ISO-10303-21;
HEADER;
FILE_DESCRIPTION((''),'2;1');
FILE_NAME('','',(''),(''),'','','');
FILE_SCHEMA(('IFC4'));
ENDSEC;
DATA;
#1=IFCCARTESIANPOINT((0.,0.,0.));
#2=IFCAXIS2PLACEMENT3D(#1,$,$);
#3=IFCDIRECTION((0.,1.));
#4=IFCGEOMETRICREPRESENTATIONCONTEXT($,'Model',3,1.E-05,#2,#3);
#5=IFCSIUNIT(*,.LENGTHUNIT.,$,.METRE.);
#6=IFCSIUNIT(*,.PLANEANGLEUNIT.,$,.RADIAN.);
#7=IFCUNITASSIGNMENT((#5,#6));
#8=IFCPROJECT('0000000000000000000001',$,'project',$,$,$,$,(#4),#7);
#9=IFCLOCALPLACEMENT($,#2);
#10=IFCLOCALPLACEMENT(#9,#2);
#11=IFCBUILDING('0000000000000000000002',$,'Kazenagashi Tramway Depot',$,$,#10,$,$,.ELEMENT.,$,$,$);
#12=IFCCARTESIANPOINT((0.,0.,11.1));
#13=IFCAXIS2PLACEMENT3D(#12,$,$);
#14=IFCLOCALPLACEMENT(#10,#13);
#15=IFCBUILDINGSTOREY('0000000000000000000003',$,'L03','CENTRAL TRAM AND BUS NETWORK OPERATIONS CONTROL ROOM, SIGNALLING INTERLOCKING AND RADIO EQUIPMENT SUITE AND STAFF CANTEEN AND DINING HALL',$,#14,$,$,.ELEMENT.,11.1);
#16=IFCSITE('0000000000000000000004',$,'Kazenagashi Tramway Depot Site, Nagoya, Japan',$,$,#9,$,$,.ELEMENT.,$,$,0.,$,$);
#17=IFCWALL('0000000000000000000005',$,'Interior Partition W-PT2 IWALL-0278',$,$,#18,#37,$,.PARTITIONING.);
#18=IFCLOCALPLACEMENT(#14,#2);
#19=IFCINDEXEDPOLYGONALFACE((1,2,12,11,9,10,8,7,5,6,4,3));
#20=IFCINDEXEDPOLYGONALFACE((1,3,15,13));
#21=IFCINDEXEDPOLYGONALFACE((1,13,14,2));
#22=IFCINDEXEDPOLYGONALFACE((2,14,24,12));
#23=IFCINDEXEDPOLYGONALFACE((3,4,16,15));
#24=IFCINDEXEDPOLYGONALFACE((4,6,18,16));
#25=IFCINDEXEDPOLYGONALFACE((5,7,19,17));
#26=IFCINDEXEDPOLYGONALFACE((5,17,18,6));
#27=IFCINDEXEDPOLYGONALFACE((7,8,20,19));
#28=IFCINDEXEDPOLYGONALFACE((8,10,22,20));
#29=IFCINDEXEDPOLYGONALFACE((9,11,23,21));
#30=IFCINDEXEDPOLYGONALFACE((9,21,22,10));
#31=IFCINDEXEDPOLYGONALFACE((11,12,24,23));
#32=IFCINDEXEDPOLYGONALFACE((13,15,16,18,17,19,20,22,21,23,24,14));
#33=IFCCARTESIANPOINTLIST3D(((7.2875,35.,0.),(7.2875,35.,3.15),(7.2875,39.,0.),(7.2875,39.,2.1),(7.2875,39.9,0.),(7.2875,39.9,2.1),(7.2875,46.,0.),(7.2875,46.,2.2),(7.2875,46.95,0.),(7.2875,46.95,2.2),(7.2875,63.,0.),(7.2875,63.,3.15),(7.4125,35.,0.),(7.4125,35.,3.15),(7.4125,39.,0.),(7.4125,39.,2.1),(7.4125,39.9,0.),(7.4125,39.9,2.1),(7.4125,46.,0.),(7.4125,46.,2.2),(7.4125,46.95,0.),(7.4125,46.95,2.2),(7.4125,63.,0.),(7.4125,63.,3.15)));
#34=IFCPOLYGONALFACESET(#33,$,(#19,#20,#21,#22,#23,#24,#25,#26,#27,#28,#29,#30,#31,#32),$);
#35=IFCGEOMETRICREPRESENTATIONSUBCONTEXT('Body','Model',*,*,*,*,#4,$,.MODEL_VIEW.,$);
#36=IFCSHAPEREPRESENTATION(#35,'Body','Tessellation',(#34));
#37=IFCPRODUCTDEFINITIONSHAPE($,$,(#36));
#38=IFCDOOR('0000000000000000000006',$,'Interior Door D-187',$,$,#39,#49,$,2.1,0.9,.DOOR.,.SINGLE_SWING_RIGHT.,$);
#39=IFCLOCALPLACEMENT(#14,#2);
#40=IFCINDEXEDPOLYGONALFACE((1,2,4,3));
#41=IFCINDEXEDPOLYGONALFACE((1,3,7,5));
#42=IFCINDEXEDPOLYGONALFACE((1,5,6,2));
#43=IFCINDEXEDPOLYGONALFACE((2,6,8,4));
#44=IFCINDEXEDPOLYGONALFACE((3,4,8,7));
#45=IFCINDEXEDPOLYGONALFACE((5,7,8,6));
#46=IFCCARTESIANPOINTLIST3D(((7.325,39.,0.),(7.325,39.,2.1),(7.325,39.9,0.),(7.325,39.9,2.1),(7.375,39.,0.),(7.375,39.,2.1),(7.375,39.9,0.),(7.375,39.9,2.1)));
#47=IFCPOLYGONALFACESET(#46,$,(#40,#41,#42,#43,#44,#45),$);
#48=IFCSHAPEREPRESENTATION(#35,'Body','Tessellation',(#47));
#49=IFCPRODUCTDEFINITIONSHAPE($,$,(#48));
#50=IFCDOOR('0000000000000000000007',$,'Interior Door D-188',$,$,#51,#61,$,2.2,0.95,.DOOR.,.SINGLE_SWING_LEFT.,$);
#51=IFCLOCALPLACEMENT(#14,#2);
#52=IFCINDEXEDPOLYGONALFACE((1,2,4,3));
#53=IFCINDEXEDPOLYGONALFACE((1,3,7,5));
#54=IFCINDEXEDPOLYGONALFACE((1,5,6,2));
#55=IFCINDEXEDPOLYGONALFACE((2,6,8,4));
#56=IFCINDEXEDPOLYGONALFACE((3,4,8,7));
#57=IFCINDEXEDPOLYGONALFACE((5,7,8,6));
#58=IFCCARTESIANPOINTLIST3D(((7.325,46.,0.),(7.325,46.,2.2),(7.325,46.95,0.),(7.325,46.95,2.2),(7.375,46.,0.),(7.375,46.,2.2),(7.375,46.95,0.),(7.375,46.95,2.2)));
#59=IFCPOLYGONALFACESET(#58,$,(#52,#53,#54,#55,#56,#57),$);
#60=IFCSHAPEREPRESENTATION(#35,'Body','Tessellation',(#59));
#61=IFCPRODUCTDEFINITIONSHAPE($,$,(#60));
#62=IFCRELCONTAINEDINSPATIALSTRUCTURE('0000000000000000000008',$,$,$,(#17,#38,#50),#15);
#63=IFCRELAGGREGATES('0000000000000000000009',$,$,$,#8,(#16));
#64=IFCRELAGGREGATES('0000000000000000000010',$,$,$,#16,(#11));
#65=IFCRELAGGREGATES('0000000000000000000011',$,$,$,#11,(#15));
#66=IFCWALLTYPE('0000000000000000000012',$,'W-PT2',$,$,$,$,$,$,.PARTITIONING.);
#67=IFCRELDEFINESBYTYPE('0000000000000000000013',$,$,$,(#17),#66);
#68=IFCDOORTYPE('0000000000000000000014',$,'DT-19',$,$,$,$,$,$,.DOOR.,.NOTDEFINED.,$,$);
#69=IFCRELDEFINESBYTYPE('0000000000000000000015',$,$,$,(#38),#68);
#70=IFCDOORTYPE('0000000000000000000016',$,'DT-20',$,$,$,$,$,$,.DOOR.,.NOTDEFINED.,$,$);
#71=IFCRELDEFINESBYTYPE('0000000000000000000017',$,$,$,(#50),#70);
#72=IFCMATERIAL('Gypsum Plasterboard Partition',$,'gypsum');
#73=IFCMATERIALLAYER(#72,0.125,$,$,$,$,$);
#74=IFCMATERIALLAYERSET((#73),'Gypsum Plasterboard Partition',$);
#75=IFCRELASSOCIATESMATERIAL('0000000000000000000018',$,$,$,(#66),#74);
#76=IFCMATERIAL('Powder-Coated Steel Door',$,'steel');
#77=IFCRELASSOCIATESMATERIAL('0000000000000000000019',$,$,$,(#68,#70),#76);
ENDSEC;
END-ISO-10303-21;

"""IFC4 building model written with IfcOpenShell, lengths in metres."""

from ifc_helpers import new_model, si_unit, direction, frame, frame_2d, origin, place, context, subcontext, project, spatial, rectangle, extrude, material, layer, layer_set, type_object, element, fill, save


model = new_model("IFC4")

# Units and contexts
model_context = context("Model", 3, precision=1e-05, world=origin(), true_north=direction((0.0, 1.0)))
body_context = subcontext(model_context, "Body", "Model", "MODEL_VIEW")
ifc_project = project(units=[si_unit("LENGTHUNIT", "METRE"), si_unit("PLANEANGLEUNIT", "RADIAN")], contexts=[model_context])

# Site, building, storey
site_placement = place(None, origin())
site = spatial("IfcSite", under=ifc_project, at=site_placement, Name="Kazenagashi Tramway Depot Site, Nagoya, Japan", CompositionType="ELEMENT", RefElevation=0.0)
building_placement = place(site_placement, origin())
building = spatial("IfcBuilding", under=site, at=building_placement, Name="Kazenagashi Tramway Depot", CompositionType="ELEMENT")
storey_placement = place(building_placement, frame((0.0, 0.0, 11.1)))
storey = spatial("IfcBuildingStorey", under=building, at=storey_placement, Name="L03", Description="CENTRAL TRAM AND BUS NETWORK OPERATIONS CONTROL ROOM, SIGNALLING INTERLOCKING AND RADIO EQUIPMENT SUITE AND STAFF CANTEEN AND DINING HALL", CompositionType="ELEMENT", Elevation=11.1)

# Shared definitions
ifc_material_1 = material(Name="Gypsum Plasterboard Partition", Category="gypsum")
ifc_layer_1 = layer(ifc_material_1, 0.125)
ifc_layer_set_1 = layer_set([ifc_layer_1], Name="Gypsum Plasterboard Partition")
wall_type_1 = type_object("IfcWallType", Name="W-PT2", PredefinedType="PARTITIONING", material=ifc_layer_set_1)
ifc_material_2 = material(Name="Powder-Coated Steel Door", Category="steel")

# Wall, openings, doors
wall_1_placement = place(storey_placement, frame((7.35, 35.0, 0.0), z_axis=(0.0, 0.0, 1.0), x_axis=(0.0, 1.0, 0.0)))
wall_1 = element("IfcWall", 1, at=wall_1_placement, inside=storey, type_object=wall_type_1, Name="Interior Partition W-PT2 IWALL-0278", PredefinedType="PARTITIONING", context=body_context, shape_type="SweptSolid", body=[
    extrude(rectangle(XDim=28.0, YDim=0.125, at=frame_2d((14.0, 0.0))), origin(), (0.0, 0.0, 1.0), 3.15),
])
opening_1_placement = place(wall_1_placement, frame((4.0, 0.0, 0.0)))
opening_1 = element("IfcOpeningElement", 2, at=opening_1_placement, cuts=wall_1, PredefinedType="OPENING", context=body_context, shape_type="SweptSolid", body=[
    extrude(rectangle(XDim=0.9, YDim=2.1, at=frame_2d((0.45, 1.05))), frame((0.0, 0.0725, 0.0), z_axis=(0.0, -1.0, 0.0), x_axis=(1.0, 0.0, 0.0)), (0.0, 0.0, 1.0), 0.145),
])
opening_2_placement = place(wall_1_placement, frame((11.0, 0.0, 0.0)))
opening_2 = element("IfcOpeningElement", 3, at=opening_2_placement, cuts=wall_1, PredefinedType="OPENING", context=body_context, shape_type="SweptSolid", body=[
    extrude(rectangle(XDim=0.95, YDim=2.2, at=frame_2d((0.475, 1.1))), frame((0.0, 0.0725, 0.0), z_axis=(0.0, -1.0, 0.0), x_axis=(1.0, 0.0, 0.0)), (0.0, 0.0, 1.0), 0.145),
])
door_type_1 = type_object("IfcDoorType", Name="DT-19", OperationType="NOTDEFINED", PredefinedType="DOOR", material=ifc_material_2)
door_1_placement = place(opening_1_placement, origin())
door_1 = element("IfcDoor", 4, at=door_1_placement, inside=storey, type_object=door_type_1, Name="Interior Door D-187", OperationType="SINGLE_SWING_RIGHT", OverallHeight=2.1, OverallWidth=0.9, PredefinedType="DOOR", context=body_context, shape_type="SweptSolid", body=[
    extrude(rectangle(XDim=0.9, YDim=2.1, at=frame_2d((0.45, 1.05))), frame((0.0, 0.025, 0.0), z_axis=(0.0, -1.0, 0.0), x_axis=(1.0, 0.0, 0.0)), (0.0, 0.0, 1.0), 0.05),
])
fill(opening_1, door_1)
door_type_2 = type_object("IfcDoorType", Name="DT-20", OperationType="NOTDEFINED", PredefinedType="DOOR", material=ifc_material_2)
door_2_placement = place(opening_2_placement, origin())
door_2 = element("IfcDoor", 5, at=door_2_placement, inside=storey, type_object=door_type_2, Name="Interior Door D-188", OperationType="SINGLE_SWING_LEFT", OverallHeight=2.2, OverallWidth=0.95, PredefinedType="DOOR", context=body_context, shape_type="SweptSolid", body=[
    extrude(rectangle(XDim=0.95, YDim=2.2, at=frame_2d((0.475, 1.1))), frame((0.0, 0.025, 0.0), z_axis=(0.0, -1.0, 0.0), x_axis=(1.0, 0.0, 0.0)), (0.0, 0.0, 1.0), 0.05),
])
fill(opening_2, door_2)

save(model, "model.ifc")
